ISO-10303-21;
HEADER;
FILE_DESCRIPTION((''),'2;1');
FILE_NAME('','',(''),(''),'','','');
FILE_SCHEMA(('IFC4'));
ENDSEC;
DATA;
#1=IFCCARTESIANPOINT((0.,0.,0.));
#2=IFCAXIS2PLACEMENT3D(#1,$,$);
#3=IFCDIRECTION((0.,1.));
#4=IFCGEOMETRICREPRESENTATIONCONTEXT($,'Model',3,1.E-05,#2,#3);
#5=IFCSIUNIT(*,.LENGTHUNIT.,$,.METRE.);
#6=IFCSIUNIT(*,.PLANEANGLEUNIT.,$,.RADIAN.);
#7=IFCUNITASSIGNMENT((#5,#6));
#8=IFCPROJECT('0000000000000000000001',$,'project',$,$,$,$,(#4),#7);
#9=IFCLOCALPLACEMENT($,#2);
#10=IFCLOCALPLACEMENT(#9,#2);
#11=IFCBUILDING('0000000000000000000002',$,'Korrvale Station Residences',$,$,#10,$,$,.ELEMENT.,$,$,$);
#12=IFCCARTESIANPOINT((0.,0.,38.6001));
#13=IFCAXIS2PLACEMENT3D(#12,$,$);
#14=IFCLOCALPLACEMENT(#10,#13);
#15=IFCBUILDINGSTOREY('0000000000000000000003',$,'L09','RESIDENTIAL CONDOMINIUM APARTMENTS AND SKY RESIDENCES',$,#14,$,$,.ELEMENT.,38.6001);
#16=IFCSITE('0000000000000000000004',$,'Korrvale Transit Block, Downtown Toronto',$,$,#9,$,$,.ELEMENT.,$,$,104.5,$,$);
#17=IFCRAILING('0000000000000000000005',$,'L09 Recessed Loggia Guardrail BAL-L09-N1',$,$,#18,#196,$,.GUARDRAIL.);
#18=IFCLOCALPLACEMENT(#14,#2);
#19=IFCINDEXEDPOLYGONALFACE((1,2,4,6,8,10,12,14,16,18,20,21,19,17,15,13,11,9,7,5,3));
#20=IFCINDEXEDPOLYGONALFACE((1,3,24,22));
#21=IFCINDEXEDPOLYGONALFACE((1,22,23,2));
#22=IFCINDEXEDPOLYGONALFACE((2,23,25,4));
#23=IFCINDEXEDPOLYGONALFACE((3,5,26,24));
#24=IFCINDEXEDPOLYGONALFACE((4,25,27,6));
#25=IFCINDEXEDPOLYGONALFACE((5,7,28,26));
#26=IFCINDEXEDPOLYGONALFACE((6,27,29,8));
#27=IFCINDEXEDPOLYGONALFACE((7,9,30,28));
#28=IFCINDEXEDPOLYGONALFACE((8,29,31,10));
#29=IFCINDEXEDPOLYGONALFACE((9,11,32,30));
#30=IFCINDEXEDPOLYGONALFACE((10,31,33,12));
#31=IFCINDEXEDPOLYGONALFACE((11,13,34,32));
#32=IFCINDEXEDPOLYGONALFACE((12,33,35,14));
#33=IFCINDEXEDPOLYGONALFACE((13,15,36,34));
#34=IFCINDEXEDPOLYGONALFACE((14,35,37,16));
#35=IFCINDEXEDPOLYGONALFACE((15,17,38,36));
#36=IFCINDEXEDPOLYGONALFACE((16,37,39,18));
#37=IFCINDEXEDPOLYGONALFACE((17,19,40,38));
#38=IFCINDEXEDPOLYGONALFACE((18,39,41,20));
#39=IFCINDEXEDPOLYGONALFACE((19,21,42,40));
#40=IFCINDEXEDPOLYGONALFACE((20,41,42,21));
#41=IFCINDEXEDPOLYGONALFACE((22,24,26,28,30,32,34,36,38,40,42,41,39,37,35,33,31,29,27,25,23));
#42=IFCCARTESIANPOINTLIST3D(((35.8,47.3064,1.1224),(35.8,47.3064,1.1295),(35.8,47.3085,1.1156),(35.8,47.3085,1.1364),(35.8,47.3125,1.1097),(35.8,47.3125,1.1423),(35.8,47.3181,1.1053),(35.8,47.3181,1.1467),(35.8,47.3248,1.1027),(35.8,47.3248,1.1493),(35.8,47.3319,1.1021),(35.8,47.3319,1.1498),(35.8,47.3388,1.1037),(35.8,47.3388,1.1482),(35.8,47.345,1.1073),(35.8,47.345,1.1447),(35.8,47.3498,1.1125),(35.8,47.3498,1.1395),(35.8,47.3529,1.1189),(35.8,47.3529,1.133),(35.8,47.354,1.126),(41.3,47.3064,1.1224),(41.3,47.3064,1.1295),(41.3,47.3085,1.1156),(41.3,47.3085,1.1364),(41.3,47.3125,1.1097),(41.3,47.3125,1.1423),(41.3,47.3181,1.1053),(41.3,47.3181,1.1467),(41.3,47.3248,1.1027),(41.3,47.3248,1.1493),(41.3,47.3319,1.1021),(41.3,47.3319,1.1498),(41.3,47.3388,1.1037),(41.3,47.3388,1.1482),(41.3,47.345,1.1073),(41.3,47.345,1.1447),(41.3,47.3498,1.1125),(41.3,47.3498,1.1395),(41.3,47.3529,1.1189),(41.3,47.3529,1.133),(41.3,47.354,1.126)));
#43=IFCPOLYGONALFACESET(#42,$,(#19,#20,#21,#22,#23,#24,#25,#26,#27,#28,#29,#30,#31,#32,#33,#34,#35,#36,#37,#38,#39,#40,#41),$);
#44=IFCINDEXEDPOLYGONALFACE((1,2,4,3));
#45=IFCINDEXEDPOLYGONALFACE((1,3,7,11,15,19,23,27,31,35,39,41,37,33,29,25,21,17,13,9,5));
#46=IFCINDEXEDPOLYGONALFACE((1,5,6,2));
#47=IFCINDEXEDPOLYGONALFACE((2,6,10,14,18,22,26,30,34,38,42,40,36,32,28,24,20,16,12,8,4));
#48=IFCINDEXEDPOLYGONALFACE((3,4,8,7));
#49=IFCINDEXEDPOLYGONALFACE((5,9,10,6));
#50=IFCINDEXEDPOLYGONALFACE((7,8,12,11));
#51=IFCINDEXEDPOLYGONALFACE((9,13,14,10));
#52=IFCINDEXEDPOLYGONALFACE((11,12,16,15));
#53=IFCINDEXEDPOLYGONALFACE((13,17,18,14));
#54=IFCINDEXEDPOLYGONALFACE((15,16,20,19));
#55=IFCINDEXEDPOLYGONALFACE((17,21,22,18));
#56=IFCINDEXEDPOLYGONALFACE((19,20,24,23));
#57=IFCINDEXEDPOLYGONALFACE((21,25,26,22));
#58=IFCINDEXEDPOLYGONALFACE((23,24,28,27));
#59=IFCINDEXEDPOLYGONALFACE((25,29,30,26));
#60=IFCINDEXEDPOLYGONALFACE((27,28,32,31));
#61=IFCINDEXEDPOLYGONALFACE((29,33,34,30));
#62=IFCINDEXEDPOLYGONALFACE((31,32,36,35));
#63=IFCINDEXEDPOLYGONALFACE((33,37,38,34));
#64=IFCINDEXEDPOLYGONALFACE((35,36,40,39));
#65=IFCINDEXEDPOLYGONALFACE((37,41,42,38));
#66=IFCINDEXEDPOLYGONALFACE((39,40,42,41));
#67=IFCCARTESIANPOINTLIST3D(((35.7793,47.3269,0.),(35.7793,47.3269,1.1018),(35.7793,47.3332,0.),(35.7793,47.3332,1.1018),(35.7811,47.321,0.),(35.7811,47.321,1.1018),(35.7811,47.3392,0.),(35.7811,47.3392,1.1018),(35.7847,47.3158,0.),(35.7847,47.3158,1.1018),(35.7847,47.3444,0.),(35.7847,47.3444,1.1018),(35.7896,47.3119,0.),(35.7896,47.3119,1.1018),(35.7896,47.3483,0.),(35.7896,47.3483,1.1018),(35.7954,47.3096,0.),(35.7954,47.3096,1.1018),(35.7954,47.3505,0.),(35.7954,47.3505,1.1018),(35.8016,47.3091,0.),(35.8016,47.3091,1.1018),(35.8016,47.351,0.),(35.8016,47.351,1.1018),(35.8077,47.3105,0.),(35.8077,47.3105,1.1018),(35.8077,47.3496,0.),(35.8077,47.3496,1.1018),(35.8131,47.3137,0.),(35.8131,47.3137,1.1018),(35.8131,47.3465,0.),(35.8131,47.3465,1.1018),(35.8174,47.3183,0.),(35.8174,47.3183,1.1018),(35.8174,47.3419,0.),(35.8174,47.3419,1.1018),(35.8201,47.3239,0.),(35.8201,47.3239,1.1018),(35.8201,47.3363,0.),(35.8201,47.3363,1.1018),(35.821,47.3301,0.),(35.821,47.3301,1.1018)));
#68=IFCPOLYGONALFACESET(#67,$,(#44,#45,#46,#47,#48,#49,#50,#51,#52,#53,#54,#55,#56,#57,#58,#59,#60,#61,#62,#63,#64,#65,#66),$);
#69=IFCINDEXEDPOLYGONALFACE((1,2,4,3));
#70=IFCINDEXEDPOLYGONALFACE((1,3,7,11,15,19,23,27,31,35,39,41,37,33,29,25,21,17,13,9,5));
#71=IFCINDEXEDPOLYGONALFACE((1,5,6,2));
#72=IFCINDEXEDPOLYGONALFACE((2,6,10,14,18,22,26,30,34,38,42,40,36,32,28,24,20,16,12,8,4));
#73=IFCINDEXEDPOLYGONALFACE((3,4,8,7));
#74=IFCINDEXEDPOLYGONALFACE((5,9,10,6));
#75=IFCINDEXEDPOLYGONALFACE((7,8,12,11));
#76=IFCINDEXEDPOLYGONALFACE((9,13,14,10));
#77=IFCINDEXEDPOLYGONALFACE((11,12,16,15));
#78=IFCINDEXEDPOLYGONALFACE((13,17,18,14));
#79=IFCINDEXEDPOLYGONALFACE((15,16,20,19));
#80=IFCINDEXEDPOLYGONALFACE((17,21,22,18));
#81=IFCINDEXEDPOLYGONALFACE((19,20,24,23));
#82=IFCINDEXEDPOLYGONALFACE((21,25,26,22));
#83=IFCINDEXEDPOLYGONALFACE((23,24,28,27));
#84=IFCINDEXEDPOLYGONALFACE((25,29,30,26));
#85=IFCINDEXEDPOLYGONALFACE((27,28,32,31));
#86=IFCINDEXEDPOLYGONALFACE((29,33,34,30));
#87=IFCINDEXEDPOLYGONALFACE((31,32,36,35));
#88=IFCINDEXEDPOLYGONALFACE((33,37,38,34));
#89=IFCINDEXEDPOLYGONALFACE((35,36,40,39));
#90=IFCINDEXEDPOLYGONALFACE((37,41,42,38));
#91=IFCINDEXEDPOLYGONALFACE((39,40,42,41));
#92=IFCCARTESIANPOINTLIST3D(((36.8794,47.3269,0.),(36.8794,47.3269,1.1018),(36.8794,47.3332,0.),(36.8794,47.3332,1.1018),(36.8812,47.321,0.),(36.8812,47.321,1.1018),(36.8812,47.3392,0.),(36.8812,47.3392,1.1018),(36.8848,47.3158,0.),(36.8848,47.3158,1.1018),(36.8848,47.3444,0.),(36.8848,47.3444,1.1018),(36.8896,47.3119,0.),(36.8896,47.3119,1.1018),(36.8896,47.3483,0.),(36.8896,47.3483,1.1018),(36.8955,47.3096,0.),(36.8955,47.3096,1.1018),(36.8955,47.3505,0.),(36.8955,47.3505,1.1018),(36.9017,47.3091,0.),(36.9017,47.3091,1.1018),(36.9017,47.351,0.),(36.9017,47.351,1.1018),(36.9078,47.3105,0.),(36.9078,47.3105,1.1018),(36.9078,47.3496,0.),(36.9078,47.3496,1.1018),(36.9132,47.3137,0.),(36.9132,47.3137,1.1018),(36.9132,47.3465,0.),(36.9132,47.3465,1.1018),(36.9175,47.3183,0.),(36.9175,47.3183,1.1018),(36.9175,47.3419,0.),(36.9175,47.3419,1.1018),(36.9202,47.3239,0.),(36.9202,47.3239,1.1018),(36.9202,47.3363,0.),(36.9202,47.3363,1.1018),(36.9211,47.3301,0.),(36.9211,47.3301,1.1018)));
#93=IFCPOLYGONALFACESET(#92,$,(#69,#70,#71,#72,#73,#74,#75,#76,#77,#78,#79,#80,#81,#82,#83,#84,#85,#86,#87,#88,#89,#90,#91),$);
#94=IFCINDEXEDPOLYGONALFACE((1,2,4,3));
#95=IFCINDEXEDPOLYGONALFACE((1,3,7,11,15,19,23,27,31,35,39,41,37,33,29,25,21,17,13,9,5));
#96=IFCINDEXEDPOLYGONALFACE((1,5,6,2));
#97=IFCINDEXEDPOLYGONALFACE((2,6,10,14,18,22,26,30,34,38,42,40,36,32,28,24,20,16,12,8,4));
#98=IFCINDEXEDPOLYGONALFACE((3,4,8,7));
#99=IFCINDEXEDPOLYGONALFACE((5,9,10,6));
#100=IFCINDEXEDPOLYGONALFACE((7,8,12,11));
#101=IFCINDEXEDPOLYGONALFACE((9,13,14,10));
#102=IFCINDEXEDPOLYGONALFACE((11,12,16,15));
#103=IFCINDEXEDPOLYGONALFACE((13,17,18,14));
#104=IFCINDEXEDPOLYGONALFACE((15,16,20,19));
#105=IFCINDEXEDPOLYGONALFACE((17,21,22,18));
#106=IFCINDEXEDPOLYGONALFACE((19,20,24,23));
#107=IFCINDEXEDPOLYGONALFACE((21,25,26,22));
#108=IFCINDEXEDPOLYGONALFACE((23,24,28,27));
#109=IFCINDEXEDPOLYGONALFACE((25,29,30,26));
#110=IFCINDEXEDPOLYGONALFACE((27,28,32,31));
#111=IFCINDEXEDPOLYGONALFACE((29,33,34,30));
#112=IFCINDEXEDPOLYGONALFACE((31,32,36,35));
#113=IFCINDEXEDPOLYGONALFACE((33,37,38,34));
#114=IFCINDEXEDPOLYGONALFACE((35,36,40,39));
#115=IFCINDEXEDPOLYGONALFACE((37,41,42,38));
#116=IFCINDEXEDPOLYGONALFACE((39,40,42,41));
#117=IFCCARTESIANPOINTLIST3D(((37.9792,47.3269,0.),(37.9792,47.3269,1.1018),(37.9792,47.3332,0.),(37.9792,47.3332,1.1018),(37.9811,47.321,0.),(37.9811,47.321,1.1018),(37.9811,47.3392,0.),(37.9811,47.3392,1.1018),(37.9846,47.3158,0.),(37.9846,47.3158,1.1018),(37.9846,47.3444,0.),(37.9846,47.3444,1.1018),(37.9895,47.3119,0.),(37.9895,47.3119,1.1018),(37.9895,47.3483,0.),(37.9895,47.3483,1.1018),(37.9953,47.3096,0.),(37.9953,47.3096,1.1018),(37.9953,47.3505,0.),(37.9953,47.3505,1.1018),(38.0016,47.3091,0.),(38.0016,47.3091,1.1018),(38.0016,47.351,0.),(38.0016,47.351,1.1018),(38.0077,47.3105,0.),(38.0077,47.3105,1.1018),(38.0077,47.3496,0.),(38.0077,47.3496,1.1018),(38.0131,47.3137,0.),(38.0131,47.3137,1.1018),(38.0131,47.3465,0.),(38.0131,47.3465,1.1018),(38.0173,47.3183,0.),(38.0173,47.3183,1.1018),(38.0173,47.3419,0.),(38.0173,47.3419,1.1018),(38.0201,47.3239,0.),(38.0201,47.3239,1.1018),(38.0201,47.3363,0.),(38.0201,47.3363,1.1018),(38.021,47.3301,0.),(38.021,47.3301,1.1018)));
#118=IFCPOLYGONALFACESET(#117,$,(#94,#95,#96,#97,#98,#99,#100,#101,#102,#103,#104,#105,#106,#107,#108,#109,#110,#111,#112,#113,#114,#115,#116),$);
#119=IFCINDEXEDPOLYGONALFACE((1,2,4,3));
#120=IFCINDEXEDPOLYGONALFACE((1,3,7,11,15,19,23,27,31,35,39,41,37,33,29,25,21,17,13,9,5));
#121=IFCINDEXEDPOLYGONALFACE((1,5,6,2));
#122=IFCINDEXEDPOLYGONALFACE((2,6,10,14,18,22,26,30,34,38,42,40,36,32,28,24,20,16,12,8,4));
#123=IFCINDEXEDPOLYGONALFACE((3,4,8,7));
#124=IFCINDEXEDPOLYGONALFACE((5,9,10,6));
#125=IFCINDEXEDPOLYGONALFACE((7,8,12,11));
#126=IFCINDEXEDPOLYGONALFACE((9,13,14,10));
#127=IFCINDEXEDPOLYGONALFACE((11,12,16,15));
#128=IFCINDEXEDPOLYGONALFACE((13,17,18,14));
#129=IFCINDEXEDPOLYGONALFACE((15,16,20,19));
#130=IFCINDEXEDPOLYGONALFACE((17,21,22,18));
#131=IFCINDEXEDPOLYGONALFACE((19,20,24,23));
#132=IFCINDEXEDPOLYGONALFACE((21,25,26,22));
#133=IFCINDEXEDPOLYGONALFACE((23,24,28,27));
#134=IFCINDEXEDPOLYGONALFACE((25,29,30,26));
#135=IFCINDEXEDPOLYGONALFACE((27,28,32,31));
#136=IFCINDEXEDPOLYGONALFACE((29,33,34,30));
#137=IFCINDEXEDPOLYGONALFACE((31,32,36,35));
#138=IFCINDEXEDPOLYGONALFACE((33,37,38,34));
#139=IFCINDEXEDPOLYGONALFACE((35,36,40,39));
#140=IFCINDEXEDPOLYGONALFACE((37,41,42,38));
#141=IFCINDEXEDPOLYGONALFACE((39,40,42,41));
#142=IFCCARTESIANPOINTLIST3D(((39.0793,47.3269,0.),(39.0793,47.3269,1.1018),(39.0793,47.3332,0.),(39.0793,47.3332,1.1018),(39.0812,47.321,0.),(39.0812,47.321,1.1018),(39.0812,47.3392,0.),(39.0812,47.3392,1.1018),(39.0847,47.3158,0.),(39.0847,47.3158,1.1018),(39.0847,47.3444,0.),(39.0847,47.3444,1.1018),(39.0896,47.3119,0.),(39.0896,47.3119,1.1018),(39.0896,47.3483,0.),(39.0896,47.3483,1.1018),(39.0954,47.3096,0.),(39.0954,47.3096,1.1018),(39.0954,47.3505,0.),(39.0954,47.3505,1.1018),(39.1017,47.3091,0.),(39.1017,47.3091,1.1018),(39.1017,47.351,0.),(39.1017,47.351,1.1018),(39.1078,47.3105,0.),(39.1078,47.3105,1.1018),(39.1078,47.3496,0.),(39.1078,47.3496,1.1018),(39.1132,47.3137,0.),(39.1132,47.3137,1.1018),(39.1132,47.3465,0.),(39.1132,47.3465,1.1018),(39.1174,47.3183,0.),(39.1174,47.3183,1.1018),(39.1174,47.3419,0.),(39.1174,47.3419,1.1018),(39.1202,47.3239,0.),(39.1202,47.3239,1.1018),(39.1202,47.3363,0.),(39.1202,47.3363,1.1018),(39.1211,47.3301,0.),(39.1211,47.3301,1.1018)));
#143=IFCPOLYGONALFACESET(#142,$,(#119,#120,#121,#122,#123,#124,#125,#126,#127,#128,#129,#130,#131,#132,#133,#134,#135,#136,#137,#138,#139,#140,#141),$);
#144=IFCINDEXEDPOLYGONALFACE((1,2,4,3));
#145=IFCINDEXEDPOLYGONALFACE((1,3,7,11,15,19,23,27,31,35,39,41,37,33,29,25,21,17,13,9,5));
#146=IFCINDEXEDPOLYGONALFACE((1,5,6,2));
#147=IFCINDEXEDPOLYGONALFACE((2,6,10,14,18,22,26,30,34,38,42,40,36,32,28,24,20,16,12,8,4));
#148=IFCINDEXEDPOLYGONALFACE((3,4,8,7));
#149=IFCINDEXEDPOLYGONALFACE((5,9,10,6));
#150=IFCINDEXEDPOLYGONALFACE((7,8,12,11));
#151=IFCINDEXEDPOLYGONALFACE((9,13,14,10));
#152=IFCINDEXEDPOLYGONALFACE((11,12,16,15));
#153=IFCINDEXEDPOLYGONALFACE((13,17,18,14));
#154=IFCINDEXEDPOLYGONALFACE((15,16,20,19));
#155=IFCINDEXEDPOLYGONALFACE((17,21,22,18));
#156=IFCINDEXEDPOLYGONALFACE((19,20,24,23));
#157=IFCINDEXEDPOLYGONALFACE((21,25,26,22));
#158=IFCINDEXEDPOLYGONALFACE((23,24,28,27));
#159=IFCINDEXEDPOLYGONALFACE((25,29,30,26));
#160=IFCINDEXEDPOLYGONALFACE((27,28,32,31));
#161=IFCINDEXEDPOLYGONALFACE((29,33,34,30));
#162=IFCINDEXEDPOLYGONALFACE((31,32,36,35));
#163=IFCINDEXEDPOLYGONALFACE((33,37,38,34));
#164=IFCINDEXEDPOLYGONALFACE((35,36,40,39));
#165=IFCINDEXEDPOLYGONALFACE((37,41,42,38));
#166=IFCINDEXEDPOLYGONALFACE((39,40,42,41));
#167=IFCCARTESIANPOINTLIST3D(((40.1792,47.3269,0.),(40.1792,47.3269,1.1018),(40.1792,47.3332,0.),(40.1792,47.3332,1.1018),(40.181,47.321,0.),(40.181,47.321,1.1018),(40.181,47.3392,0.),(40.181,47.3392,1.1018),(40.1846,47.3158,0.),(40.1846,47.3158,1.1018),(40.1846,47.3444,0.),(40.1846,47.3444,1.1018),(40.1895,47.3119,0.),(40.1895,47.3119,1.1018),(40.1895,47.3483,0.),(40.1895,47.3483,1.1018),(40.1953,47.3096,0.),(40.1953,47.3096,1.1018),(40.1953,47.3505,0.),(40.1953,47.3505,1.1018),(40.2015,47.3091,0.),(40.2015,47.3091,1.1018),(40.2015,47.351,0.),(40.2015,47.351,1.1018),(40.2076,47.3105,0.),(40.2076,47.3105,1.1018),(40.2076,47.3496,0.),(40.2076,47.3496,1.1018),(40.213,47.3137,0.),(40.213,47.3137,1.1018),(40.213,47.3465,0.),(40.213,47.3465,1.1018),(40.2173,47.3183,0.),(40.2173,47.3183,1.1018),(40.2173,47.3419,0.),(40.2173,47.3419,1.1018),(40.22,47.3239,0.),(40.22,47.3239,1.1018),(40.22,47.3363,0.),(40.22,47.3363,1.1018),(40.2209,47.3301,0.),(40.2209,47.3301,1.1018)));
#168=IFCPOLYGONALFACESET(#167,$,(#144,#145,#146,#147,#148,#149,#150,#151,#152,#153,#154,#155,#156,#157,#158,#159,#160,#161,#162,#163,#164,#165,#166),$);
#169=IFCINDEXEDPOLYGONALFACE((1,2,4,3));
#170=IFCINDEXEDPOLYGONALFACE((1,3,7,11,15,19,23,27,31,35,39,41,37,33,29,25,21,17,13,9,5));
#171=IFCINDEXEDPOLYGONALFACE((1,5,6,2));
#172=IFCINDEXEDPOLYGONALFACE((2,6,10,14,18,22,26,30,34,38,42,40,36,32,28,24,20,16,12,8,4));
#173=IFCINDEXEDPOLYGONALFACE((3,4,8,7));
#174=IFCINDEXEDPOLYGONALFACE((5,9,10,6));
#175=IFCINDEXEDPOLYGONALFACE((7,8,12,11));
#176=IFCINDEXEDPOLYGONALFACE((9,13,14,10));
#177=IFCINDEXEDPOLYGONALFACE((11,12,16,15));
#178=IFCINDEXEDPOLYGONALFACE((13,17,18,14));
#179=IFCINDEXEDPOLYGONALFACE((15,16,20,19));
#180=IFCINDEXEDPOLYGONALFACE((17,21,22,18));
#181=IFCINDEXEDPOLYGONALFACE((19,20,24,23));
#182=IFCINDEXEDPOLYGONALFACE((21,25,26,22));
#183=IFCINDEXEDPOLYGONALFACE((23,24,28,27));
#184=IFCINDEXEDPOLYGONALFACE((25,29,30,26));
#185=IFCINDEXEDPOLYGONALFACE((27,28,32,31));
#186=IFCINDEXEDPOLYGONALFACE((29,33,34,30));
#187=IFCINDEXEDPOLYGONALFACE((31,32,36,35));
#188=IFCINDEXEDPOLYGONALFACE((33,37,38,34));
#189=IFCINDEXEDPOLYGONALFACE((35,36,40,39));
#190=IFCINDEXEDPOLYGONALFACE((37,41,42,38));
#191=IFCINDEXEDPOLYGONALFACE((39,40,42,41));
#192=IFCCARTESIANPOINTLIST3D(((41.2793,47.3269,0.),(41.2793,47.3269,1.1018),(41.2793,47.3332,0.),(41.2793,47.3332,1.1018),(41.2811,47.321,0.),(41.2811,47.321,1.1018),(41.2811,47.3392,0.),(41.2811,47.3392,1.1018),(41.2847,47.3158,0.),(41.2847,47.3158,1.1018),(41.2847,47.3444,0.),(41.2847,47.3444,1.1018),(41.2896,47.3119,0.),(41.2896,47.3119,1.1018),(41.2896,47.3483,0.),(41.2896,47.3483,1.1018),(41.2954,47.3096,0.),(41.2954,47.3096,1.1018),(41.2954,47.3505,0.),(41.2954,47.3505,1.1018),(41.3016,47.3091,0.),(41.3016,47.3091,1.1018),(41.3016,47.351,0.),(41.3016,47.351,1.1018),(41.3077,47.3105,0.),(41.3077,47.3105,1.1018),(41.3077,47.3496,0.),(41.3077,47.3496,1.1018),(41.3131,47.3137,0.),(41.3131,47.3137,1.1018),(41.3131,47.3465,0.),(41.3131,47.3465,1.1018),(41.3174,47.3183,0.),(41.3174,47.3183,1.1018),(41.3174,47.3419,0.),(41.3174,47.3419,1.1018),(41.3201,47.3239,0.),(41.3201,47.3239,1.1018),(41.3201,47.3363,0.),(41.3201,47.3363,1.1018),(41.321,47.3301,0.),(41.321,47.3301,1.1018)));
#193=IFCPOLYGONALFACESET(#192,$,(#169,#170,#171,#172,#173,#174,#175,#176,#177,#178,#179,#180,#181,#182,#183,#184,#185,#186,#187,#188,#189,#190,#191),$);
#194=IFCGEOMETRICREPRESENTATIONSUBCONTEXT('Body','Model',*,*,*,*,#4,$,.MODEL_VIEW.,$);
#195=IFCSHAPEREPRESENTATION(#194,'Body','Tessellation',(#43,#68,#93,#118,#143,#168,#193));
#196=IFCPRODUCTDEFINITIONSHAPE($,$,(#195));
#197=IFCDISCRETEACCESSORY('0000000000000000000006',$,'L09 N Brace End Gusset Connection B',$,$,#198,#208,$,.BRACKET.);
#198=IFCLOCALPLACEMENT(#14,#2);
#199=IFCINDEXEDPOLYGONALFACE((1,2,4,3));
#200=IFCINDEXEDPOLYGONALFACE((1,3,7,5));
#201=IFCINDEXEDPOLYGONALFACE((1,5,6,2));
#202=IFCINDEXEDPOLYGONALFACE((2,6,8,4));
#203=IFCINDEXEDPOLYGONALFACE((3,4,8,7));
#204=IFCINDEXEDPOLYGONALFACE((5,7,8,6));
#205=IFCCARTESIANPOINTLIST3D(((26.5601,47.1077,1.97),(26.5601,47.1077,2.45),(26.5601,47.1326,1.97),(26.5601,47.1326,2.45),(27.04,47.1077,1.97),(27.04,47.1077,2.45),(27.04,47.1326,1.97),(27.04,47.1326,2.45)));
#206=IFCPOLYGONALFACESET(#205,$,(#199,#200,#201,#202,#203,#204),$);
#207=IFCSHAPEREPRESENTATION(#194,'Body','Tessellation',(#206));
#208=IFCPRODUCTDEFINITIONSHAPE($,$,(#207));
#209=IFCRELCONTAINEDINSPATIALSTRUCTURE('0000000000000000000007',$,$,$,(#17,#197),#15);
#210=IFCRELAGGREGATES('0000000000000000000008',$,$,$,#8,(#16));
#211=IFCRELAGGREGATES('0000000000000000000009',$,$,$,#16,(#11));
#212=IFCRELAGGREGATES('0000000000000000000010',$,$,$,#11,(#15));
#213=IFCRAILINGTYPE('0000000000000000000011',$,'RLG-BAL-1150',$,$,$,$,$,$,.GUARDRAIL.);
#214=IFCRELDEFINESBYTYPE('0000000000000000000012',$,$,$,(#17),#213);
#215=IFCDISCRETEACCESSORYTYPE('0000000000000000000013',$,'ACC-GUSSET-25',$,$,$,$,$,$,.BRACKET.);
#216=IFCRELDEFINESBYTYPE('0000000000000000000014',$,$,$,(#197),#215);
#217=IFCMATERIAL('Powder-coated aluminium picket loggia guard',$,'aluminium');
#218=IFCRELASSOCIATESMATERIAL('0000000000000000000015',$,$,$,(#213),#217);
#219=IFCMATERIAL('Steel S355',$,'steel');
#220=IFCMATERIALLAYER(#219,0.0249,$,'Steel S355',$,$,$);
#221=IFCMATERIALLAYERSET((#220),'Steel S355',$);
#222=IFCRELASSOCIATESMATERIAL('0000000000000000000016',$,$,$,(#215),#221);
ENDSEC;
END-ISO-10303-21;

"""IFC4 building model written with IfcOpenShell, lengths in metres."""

from ifc_helpers import new_model, si_unit, direction, frame, origin, origin_2d, place, context, subcontext, project, spatial, rectangle, circle, extrude, material, layer, layer_set, type_object, element, save


model = new_model("IFC4")

# Units and contexts
model_context = context("Model", 3, precision=1e-05, world=origin(), true_north=direction((0.0, 1.0)))
body_context = subcontext(model_context, "Body", "Model", "MODEL_VIEW")
ifc_project = project(units=[si_unit("LENGTHUNIT", "METRE"), si_unit("PLANEANGLEUNIT", "RADIAN")], contexts=[model_context])

# Site, building, storey
site_placement = place(None, origin())
site = spatial("IfcSite", under=ifc_project, at=site_placement, Name="Korrvale Transit Block, Downtown Toronto", CompositionType="ELEMENT", RefElevation=104.5)
building_placement = place(site_placement, origin())
building = spatial("IfcBuilding", under=site, at=building_placement, Name="Korrvale Station Residences", CompositionType="ELEMENT")
storey_placement = place(building_placement, frame((0.0, 0.0, 38.6001)))
storey = spatial("IfcBuildingStorey", under=building, at=storey_placement, Name="L09", Description="RESIDENTIAL CONDOMINIUM APARTMENTS AND SKY RESIDENCES", CompositionType="ELEMENT", Elevation=38.6001)

# Shared definitions
ifc_material_1 = material(Name="Steel S355", Category="steel")

# Railing
ifc_material_2 = material(Name="Powder-coated aluminium picket loggia guard", Category="aluminium")
railing_type = type_object("IfcRailingType", Name="RLG-BAL-1150", PredefinedType="GUARDRAIL", material=ifc_material_2)
railing_placement = place(storey_placement, frame((35.8, 47.3301, 0.0)))
element("IfcRailing", 1, at=railing_placement, inside=storey, type_object=railing_type, Name="L09 Recessed Loggia Guardrail BAL-L09-N1", PredefinedType="GUARDRAIL", context=body_context, shape_type="SweptSolid", body=[
    extrude(circle(Radius=0.0239, at=origin_2d()), frame((0.0, 0.0, 1.126), z_axis=(1.0, 0.0, 0.0), x_axis=(0.0, 1.0, 0.0)), (0.0, 0.0, 1.0), 5.5),
    extrude(circle(Radius=0.021, at=origin_2d()), origin(), (0.0, 0.0, 1.0), 1.1018),
    extrude(circle(Radius=0.021, at=origin_2d()), frame((1.1001, 0.0, 0.0)), (0.0, 0.0, 1.0), 1.1018),
    extrude(circle(Radius=0.021, at=origin_2d()), frame((2.2, 0.0, 0.0)), (0.0, 0.0, 1.0), 1.1018),
    extrude(circle(Radius=0.021, at=origin_2d()), frame((3.3, 0.0, 0.0)), (0.0, 0.0, 1.0), 1.1018),
    extrude(circle(Radius=0.021, at=origin_2d()), frame((4.3999, 0.0, 0.0)), (0.0, 0.0, 1.0), 1.1018),
    extrude(circle(Radius=0.021, at=origin_2d()), frame((5.5, 0.0, 0.0)), (0.0, 0.0, 1.0), 1.1018),
])

# Discrete accessory
ifc_layer_1 = layer(ifc_material_1, 0.0249, Name="Steel S355")
ifc_layer_set_1 = layer_set([ifc_layer_1], Name="Steel S355")
discrete_accessory_type = type_object("IfcDiscreteAccessoryType", Name="ACC-GUSSET-25", PredefinedType="BRACKET", material=ifc_layer_set_1)
discrete_accessory_placement = place(storey_placement, frame((26.8, 47.1201, 1.97), z_axis=(0.0, 0.0, 1.0), x_axis=(1.0, 0.0, 0.0)))
element("IfcDiscreteAccessory", 2, at=discrete_accessory_placement, inside=storey, type_object=discrete_accessory_type, Name="L09 N Brace End Gusset Connection B", PredefinedType="BRACKET", context=body_context, shape_type="SweptSolid", body=[
    extrude(rectangle(XDim=0.48, YDim=0.0249, at=origin_2d()), origin(), (0.0, 0.0, 1.0), 0.48),
])

save(model, "model.ifc")
